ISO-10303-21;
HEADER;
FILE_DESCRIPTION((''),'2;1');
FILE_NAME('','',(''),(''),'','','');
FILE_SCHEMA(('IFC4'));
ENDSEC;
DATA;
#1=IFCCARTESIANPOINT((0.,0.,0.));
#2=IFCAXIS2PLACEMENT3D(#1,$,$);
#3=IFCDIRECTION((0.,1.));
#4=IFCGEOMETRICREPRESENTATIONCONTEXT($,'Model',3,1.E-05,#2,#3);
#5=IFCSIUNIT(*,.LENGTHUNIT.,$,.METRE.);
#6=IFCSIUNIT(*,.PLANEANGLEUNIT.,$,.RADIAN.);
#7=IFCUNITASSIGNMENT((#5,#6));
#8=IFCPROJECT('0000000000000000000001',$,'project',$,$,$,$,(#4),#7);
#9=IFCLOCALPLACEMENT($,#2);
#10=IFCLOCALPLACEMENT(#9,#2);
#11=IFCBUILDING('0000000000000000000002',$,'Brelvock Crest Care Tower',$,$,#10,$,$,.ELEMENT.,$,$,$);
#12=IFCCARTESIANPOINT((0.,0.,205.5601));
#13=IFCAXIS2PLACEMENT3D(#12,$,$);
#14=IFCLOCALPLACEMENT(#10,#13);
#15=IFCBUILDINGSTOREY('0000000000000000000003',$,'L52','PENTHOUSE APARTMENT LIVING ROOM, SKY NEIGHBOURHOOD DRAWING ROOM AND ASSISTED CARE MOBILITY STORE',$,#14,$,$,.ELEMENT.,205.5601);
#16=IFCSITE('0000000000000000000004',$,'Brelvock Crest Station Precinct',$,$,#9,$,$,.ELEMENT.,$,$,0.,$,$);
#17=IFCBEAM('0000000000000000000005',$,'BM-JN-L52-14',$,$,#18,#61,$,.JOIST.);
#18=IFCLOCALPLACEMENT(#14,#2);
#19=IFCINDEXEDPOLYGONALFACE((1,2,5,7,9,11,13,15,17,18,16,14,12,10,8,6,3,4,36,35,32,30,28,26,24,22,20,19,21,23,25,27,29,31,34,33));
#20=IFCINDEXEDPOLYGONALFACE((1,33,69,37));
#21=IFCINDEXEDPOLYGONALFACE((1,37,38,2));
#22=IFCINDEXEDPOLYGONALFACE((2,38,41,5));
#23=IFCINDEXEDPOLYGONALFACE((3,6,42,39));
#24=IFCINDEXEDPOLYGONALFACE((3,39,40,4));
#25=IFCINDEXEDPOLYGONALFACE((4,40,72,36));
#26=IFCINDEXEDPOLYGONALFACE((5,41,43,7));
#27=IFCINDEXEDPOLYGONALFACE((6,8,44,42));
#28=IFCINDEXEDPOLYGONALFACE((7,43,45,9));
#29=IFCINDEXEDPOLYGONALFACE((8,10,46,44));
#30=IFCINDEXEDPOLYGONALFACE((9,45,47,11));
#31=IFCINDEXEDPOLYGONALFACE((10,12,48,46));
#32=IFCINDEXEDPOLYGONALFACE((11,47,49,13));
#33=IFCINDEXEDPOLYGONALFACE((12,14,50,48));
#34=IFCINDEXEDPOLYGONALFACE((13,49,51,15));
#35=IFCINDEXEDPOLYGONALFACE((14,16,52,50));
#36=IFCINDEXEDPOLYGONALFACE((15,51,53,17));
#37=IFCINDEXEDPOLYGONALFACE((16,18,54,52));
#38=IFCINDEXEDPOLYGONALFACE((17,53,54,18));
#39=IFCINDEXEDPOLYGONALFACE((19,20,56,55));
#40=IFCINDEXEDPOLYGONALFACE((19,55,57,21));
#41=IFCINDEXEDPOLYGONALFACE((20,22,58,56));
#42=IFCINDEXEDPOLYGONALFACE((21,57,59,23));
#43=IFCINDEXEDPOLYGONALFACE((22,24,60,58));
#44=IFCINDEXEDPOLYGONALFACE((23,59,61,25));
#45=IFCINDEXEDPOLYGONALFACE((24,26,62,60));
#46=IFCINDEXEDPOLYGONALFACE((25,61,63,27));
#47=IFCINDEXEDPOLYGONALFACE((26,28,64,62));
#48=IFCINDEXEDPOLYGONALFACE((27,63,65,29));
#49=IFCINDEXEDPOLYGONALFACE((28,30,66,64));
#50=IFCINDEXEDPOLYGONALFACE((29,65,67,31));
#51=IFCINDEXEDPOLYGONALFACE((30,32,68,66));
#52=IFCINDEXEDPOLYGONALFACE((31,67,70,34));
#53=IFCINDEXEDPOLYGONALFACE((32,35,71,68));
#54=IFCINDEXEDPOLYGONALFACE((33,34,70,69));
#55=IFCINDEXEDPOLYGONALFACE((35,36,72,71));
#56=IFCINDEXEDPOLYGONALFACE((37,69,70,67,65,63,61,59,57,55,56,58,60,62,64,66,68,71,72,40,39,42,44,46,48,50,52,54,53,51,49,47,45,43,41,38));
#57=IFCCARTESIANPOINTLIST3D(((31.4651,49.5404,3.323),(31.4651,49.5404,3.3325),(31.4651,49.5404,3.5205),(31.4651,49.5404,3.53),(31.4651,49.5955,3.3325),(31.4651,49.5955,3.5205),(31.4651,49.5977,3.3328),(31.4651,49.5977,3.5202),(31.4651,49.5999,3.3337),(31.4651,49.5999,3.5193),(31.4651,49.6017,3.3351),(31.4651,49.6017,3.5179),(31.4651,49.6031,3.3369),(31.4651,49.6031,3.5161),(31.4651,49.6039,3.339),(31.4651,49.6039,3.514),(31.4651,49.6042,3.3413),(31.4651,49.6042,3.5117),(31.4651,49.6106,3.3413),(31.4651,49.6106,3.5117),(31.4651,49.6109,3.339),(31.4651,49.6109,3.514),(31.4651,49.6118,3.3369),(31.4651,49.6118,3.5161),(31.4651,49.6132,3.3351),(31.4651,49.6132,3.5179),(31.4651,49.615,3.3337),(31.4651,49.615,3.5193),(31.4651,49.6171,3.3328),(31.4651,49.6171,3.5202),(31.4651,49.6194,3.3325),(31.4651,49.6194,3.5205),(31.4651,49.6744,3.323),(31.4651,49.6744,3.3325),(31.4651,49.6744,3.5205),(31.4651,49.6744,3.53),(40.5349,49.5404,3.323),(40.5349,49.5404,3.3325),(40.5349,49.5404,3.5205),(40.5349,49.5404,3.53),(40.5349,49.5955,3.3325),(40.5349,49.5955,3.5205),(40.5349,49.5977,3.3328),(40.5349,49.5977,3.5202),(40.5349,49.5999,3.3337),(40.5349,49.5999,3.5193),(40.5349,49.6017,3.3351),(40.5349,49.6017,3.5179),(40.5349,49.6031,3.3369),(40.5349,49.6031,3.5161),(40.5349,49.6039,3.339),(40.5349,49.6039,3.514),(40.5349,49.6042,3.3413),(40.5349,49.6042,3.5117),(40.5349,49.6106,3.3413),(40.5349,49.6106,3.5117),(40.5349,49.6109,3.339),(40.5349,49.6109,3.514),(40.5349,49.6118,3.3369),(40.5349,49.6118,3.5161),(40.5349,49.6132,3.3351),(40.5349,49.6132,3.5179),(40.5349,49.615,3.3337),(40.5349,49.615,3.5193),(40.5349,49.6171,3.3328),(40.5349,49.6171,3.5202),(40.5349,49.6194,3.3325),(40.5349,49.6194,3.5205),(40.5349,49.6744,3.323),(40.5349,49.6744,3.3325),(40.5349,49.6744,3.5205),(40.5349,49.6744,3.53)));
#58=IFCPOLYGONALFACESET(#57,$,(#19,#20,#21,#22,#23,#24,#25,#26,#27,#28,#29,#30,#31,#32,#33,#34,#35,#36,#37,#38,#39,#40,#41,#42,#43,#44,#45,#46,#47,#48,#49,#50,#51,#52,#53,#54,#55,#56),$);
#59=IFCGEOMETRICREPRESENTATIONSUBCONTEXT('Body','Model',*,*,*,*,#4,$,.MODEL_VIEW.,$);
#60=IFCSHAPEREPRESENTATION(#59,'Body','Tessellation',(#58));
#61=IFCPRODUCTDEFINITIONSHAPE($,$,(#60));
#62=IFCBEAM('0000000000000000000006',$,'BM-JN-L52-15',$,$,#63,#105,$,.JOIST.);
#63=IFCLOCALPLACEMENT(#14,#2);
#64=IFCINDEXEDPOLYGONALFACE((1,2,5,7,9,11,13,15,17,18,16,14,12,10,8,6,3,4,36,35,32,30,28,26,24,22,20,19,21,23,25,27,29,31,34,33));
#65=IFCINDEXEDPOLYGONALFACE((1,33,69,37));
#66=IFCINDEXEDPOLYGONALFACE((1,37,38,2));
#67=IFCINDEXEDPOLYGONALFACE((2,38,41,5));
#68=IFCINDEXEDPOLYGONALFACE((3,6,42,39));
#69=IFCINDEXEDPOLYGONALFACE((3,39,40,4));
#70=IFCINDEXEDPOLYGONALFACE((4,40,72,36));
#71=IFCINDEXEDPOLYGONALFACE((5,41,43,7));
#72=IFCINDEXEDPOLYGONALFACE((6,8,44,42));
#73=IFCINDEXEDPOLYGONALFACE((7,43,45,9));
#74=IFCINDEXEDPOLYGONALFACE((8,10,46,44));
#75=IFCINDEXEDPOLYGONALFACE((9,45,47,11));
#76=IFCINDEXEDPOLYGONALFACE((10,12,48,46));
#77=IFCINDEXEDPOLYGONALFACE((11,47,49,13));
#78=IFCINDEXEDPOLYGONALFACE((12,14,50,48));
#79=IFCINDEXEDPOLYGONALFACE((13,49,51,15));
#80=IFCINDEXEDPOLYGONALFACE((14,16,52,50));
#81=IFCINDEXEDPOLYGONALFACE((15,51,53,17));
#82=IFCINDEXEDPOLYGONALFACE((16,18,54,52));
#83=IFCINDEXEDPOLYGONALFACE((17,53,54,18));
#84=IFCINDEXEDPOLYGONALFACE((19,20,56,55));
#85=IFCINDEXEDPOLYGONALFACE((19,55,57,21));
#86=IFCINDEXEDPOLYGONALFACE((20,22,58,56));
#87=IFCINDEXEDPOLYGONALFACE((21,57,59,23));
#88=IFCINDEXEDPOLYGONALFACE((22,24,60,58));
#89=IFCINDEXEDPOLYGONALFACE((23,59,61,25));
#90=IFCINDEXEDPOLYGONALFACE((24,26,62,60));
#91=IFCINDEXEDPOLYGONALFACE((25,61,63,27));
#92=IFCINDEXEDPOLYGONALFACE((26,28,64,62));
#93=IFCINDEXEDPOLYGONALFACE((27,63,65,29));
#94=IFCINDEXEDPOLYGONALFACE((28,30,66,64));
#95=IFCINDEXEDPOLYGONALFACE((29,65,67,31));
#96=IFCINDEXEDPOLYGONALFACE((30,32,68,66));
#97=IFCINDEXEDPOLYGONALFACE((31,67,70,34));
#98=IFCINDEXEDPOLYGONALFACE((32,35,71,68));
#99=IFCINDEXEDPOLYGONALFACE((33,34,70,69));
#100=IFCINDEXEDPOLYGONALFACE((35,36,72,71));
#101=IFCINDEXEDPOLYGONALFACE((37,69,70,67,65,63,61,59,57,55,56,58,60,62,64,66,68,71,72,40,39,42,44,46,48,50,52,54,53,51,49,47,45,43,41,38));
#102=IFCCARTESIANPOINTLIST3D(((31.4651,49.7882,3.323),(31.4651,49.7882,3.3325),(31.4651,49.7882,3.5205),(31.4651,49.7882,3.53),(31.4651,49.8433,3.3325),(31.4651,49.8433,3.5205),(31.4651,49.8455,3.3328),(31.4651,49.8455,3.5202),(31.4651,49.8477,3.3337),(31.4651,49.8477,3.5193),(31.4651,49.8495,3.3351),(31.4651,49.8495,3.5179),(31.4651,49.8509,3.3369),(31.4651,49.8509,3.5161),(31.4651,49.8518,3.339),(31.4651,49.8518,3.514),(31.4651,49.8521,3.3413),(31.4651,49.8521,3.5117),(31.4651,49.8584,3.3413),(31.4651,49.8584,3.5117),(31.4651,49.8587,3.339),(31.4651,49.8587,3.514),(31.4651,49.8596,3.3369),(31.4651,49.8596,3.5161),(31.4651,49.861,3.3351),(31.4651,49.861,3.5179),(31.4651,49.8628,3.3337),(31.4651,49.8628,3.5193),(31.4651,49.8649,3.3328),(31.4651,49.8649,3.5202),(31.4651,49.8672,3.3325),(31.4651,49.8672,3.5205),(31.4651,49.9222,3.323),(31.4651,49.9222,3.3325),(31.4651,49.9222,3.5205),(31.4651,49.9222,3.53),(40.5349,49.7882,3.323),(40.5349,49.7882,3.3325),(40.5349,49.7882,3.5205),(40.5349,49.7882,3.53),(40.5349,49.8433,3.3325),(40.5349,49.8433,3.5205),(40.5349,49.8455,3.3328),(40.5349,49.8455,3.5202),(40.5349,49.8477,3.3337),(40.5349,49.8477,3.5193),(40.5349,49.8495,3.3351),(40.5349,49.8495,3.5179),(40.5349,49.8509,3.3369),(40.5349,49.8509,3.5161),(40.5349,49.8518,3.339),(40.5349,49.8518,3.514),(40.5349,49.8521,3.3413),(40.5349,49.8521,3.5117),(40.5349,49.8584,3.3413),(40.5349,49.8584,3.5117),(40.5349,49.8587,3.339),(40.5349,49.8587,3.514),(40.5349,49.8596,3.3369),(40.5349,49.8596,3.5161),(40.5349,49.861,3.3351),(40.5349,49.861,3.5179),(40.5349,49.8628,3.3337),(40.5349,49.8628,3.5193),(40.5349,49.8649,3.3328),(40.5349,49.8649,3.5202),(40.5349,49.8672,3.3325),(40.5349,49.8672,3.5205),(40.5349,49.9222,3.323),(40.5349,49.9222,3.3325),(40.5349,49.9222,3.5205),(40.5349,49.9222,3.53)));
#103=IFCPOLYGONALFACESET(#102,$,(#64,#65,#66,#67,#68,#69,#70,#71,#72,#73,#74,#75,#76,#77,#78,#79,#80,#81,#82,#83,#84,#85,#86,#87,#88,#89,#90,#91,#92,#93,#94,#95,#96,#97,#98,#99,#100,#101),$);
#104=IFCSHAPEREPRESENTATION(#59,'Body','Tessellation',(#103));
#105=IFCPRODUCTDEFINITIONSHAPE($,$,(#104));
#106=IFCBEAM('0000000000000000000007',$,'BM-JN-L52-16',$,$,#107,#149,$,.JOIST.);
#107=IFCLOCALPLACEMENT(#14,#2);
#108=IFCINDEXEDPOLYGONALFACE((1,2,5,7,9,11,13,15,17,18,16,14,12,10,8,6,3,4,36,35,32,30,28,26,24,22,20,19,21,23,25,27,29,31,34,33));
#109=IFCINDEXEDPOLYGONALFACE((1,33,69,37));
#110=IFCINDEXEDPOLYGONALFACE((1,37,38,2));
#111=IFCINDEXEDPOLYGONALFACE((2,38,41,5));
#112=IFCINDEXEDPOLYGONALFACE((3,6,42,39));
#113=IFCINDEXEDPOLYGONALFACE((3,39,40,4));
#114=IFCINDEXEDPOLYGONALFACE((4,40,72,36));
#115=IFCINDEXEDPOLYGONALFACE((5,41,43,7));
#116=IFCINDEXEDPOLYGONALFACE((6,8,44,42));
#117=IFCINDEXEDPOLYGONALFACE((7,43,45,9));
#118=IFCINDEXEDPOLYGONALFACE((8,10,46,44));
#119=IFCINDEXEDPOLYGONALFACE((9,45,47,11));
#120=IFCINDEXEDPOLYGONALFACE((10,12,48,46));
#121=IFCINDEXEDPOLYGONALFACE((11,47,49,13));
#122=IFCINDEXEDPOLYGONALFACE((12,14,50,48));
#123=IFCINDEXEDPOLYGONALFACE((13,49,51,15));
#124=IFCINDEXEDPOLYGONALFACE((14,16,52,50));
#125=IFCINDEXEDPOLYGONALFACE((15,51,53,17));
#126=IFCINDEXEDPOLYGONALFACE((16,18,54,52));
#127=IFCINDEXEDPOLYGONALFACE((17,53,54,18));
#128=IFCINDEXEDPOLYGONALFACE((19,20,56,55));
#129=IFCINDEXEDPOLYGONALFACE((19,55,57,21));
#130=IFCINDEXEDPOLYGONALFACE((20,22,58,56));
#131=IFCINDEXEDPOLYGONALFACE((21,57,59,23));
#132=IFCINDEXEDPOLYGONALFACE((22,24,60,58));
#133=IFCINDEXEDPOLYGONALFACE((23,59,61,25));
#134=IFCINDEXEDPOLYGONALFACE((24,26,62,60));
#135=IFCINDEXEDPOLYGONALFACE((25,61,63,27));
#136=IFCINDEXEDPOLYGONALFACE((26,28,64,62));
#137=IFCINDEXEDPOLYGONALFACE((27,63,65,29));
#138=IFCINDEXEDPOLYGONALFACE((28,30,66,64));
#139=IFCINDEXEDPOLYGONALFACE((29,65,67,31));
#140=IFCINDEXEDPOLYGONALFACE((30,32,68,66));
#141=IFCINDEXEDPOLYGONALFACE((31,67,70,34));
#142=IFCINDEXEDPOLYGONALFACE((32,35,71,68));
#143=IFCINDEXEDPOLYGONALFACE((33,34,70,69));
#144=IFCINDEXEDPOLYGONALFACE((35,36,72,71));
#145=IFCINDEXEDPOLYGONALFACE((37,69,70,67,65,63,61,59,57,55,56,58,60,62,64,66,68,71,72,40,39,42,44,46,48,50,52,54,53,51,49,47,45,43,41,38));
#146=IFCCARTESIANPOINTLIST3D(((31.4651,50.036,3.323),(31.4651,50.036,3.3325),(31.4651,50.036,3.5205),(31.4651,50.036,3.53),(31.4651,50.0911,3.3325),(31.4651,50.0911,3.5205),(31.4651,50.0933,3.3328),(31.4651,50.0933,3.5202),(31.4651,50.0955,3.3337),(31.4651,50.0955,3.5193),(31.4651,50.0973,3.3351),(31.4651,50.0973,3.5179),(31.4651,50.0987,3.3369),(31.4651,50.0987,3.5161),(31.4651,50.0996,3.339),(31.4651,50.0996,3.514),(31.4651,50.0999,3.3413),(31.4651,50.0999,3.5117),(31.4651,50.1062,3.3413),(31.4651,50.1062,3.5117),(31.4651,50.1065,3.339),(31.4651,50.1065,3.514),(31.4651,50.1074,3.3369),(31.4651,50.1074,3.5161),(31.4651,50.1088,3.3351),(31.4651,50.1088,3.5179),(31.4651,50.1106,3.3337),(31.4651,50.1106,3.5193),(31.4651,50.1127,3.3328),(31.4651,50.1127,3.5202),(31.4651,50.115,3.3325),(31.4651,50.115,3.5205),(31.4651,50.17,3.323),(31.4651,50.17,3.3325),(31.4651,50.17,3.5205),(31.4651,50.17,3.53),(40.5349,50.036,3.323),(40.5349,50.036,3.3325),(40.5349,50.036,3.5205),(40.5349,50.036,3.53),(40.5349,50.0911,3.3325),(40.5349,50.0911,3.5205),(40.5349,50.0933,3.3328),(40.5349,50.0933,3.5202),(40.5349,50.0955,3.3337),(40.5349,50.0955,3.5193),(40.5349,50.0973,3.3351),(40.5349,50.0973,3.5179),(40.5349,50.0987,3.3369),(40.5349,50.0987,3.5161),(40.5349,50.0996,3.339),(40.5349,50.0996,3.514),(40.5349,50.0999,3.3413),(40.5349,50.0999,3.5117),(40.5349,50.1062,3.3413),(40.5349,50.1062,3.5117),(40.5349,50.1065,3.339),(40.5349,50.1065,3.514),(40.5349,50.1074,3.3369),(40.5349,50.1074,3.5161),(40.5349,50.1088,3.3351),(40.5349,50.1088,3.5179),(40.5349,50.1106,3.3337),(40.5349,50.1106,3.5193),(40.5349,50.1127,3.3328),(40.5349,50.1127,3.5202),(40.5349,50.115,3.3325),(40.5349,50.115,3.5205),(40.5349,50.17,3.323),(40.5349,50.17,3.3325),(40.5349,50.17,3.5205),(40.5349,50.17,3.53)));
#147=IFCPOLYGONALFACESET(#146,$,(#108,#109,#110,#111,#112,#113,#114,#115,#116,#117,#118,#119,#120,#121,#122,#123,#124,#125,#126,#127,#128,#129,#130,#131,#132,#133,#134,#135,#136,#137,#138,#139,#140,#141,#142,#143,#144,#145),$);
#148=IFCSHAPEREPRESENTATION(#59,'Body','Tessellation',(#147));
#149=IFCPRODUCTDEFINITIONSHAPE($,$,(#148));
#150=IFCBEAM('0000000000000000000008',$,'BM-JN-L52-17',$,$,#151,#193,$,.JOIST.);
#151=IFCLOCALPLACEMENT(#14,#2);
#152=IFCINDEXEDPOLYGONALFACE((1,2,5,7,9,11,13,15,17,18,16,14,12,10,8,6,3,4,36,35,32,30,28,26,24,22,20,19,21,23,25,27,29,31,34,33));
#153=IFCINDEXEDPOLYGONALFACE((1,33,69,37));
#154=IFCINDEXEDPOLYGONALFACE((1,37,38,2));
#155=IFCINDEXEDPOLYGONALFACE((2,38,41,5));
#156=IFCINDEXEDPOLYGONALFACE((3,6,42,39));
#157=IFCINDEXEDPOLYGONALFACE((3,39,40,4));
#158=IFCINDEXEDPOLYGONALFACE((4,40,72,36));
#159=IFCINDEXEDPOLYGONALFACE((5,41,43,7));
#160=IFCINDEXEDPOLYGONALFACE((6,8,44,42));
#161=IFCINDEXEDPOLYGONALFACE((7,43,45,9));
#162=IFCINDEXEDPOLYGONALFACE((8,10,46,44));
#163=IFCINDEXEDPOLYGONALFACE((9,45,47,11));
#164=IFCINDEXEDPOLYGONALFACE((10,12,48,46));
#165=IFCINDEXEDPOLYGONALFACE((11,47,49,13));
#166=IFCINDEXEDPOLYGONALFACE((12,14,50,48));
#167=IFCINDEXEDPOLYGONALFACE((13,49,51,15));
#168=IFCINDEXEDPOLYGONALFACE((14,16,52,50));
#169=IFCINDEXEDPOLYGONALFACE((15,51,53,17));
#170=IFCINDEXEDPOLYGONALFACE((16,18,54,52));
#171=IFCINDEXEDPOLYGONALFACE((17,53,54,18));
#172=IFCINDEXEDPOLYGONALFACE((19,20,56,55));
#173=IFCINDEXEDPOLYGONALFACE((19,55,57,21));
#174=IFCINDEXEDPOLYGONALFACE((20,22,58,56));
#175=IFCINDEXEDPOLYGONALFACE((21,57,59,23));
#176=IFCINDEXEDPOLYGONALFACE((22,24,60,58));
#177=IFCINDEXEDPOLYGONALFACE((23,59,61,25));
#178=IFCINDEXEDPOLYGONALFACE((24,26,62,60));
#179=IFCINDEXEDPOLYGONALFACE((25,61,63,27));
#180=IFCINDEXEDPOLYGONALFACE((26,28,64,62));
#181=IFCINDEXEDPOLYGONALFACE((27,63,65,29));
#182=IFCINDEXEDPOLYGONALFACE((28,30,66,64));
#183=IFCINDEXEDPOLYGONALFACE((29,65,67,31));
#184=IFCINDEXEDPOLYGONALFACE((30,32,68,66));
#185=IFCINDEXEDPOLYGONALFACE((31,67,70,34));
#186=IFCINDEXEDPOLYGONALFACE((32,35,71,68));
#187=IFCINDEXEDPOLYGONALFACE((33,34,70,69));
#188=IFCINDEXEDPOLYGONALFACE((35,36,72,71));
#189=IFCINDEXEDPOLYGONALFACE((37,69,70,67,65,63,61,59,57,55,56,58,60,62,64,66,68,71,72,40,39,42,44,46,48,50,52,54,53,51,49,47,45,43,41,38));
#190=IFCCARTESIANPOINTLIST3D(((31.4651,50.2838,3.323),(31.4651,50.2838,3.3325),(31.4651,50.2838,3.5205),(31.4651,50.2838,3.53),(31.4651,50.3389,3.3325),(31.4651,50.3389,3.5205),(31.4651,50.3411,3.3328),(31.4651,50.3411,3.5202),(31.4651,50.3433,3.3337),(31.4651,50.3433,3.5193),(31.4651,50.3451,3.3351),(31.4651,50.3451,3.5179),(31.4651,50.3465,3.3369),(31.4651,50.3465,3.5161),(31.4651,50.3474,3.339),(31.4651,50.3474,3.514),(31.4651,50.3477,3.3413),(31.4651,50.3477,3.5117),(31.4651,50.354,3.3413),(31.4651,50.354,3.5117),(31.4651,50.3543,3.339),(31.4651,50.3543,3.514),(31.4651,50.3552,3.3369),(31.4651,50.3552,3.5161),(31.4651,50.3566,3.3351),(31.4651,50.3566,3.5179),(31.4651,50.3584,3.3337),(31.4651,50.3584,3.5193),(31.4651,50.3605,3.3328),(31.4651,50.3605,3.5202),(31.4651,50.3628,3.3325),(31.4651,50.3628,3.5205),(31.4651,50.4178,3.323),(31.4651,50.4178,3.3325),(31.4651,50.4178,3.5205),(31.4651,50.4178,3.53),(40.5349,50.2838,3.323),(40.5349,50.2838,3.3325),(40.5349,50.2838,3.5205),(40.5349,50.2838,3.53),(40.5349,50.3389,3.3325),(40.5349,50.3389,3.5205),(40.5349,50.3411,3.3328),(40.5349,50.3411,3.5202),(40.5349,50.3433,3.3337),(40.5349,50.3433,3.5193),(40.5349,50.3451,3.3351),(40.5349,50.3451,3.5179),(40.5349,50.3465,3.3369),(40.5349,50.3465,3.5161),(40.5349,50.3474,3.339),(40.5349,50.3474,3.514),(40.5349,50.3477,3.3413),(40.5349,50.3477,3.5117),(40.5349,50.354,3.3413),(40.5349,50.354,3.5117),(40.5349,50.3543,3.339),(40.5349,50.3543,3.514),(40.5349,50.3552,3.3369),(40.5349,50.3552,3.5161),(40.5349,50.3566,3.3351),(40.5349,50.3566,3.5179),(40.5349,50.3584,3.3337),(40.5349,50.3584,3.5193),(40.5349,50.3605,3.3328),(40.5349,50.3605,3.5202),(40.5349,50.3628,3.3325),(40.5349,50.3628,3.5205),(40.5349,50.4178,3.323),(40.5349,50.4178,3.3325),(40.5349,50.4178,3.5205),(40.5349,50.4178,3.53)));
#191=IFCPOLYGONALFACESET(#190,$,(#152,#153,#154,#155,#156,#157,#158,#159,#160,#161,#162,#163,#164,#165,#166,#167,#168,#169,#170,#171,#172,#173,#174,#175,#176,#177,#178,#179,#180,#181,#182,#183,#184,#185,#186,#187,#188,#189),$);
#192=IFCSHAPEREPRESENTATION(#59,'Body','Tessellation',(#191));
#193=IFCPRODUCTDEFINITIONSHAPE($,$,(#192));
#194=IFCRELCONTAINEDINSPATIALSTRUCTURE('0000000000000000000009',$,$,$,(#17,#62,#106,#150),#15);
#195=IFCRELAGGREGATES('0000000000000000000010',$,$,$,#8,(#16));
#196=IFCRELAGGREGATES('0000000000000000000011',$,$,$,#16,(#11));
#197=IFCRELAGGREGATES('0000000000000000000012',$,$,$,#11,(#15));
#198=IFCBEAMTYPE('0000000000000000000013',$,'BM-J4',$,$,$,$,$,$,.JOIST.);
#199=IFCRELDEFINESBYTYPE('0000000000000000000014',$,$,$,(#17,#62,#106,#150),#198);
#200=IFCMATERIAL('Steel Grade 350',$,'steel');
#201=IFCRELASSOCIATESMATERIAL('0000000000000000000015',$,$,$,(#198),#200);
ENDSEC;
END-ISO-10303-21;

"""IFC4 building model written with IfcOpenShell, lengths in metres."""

from ifc_helpers import new_model, si_unit, direction, frame, origin, origin_2d, place, context, subcontext, project, spatial, i_section, extrude, source, transform, mapped, material, material_profile, profile_set, type_object, element, save


model = new_model("IFC4")

# Units and contexts
model_context = context("Model", 3, precision=1e-05, world=origin(), true_north=direction((0.0, 1.0)))
body_context = subcontext(model_context, "Body", "Model", "MODEL_VIEW")
ifc_project = project(units=[si_unit("LENGTHUNIT", "METRE"), si_unit("PLANEANGLEUNIT", "RADIAN")], contexts=[model_context])

# Site, building, storey
site_placement = place(None, origin())
site = spatial("IfcSite", under=ifc_project, at=site_placement, Name="Brelvock Crest Station Precinct", CompositionType="ELEMENT", RefElevation=0.0)
building_placement = place(site_placement, origin())
building = spatial("IfcBuilding", under=site, at=building_placement, Name="Brelvock Crest Care Tower", CompositionType="ELEMENT")
storey_placement = place(building_placement, frame((0.0, 0.0, 205.5601)))
storey = spatial("IfcBuildingStorey", under=building, at=storey_placement, Name="L52", Description="PENTHOUSE APARTMENT LIVING ROOM, SKY NEIGHBOURHOOD DRAWING ROOM AND ASSISTED CARE MOBILITY STORE", CompositionType="ELEMENT", Elevation=205.5601)

# Shared definitions
ifc_material_1 = material(Name="Steel Grade 350", Category="steel")

# Beams
ifc_material_profile_1 = material_profile(ifc_material_1, i_section(OverallWidth=0.134, OverallDepth=0.207, WebThickness=0.0063, FlangeThickness=0.0095, FilletRadius=0.0088, at=origin_2d()), Name="200UB29.8")
ifc_profile_set_1 = profile_set([ifc_material_profile_1], Name="Steel Grade 350")
beam_type_1 = type_object("IfcBeamType", Name="BM-J4", PredefinedType="JOIST", material=ifc_profile_set_1)
shared_shape_1 = source(origin(), body_context, "Body", "SweptSolid", [
    extrude(i_section(OverallWidth=0.134, OverallDepth=0.207, WebThickness=0.0063, FlangeThickness=0.0095, FilletRadius=0.0088, at=origin_2d()), origin(), (0.0, 0.0, 1.0), 9.0698),
])
for number, where, z_axis, x_axis, name in (
    (1, (31.4651, 49.6074, 3.4265), (1.0, 0.0, 0.0), (0.0, 1.0, 0.0), "BM-JN-L52-14"),
    (2, (31.4651, 49.8552, 3.4265), (1.0, 0.0, 0.0), (0.0, 1.0, 0.0), "BM-JN-L52-15"),
    (3, (31.4651, 50.103, 3.4265), (1.0, 0.0, 0.0), (0.0, 1.0, 0.0), "BM-JN-L52-16"),
    (4, (31.4651, 50.3508, 3.4265), (1.0, 0.0, 0.0), (0.0, 1.0, 0.0), "BM-JN-L52-17"),
):
    element("IfcBeam", number, at=place(storey_placement, frame(where, z_axis=z_axis, x_axis=x_axis)), inside=storey, type_object=beam_type_1, Name=name, PredefinedType="JOIST", context=body_context, shape_type="MappedRepresentation", body=[
        mapped(shared_shape_1, transform((0.0, 0.0, 0.0), x_axis=(1.0, 0.0, 0.0), y_axis=(0.0, 1.0, 0.0), z_axis=(0.0, 0.0, 1.0), scale=1.0)),
    ])

save(model, "model.ifc")
